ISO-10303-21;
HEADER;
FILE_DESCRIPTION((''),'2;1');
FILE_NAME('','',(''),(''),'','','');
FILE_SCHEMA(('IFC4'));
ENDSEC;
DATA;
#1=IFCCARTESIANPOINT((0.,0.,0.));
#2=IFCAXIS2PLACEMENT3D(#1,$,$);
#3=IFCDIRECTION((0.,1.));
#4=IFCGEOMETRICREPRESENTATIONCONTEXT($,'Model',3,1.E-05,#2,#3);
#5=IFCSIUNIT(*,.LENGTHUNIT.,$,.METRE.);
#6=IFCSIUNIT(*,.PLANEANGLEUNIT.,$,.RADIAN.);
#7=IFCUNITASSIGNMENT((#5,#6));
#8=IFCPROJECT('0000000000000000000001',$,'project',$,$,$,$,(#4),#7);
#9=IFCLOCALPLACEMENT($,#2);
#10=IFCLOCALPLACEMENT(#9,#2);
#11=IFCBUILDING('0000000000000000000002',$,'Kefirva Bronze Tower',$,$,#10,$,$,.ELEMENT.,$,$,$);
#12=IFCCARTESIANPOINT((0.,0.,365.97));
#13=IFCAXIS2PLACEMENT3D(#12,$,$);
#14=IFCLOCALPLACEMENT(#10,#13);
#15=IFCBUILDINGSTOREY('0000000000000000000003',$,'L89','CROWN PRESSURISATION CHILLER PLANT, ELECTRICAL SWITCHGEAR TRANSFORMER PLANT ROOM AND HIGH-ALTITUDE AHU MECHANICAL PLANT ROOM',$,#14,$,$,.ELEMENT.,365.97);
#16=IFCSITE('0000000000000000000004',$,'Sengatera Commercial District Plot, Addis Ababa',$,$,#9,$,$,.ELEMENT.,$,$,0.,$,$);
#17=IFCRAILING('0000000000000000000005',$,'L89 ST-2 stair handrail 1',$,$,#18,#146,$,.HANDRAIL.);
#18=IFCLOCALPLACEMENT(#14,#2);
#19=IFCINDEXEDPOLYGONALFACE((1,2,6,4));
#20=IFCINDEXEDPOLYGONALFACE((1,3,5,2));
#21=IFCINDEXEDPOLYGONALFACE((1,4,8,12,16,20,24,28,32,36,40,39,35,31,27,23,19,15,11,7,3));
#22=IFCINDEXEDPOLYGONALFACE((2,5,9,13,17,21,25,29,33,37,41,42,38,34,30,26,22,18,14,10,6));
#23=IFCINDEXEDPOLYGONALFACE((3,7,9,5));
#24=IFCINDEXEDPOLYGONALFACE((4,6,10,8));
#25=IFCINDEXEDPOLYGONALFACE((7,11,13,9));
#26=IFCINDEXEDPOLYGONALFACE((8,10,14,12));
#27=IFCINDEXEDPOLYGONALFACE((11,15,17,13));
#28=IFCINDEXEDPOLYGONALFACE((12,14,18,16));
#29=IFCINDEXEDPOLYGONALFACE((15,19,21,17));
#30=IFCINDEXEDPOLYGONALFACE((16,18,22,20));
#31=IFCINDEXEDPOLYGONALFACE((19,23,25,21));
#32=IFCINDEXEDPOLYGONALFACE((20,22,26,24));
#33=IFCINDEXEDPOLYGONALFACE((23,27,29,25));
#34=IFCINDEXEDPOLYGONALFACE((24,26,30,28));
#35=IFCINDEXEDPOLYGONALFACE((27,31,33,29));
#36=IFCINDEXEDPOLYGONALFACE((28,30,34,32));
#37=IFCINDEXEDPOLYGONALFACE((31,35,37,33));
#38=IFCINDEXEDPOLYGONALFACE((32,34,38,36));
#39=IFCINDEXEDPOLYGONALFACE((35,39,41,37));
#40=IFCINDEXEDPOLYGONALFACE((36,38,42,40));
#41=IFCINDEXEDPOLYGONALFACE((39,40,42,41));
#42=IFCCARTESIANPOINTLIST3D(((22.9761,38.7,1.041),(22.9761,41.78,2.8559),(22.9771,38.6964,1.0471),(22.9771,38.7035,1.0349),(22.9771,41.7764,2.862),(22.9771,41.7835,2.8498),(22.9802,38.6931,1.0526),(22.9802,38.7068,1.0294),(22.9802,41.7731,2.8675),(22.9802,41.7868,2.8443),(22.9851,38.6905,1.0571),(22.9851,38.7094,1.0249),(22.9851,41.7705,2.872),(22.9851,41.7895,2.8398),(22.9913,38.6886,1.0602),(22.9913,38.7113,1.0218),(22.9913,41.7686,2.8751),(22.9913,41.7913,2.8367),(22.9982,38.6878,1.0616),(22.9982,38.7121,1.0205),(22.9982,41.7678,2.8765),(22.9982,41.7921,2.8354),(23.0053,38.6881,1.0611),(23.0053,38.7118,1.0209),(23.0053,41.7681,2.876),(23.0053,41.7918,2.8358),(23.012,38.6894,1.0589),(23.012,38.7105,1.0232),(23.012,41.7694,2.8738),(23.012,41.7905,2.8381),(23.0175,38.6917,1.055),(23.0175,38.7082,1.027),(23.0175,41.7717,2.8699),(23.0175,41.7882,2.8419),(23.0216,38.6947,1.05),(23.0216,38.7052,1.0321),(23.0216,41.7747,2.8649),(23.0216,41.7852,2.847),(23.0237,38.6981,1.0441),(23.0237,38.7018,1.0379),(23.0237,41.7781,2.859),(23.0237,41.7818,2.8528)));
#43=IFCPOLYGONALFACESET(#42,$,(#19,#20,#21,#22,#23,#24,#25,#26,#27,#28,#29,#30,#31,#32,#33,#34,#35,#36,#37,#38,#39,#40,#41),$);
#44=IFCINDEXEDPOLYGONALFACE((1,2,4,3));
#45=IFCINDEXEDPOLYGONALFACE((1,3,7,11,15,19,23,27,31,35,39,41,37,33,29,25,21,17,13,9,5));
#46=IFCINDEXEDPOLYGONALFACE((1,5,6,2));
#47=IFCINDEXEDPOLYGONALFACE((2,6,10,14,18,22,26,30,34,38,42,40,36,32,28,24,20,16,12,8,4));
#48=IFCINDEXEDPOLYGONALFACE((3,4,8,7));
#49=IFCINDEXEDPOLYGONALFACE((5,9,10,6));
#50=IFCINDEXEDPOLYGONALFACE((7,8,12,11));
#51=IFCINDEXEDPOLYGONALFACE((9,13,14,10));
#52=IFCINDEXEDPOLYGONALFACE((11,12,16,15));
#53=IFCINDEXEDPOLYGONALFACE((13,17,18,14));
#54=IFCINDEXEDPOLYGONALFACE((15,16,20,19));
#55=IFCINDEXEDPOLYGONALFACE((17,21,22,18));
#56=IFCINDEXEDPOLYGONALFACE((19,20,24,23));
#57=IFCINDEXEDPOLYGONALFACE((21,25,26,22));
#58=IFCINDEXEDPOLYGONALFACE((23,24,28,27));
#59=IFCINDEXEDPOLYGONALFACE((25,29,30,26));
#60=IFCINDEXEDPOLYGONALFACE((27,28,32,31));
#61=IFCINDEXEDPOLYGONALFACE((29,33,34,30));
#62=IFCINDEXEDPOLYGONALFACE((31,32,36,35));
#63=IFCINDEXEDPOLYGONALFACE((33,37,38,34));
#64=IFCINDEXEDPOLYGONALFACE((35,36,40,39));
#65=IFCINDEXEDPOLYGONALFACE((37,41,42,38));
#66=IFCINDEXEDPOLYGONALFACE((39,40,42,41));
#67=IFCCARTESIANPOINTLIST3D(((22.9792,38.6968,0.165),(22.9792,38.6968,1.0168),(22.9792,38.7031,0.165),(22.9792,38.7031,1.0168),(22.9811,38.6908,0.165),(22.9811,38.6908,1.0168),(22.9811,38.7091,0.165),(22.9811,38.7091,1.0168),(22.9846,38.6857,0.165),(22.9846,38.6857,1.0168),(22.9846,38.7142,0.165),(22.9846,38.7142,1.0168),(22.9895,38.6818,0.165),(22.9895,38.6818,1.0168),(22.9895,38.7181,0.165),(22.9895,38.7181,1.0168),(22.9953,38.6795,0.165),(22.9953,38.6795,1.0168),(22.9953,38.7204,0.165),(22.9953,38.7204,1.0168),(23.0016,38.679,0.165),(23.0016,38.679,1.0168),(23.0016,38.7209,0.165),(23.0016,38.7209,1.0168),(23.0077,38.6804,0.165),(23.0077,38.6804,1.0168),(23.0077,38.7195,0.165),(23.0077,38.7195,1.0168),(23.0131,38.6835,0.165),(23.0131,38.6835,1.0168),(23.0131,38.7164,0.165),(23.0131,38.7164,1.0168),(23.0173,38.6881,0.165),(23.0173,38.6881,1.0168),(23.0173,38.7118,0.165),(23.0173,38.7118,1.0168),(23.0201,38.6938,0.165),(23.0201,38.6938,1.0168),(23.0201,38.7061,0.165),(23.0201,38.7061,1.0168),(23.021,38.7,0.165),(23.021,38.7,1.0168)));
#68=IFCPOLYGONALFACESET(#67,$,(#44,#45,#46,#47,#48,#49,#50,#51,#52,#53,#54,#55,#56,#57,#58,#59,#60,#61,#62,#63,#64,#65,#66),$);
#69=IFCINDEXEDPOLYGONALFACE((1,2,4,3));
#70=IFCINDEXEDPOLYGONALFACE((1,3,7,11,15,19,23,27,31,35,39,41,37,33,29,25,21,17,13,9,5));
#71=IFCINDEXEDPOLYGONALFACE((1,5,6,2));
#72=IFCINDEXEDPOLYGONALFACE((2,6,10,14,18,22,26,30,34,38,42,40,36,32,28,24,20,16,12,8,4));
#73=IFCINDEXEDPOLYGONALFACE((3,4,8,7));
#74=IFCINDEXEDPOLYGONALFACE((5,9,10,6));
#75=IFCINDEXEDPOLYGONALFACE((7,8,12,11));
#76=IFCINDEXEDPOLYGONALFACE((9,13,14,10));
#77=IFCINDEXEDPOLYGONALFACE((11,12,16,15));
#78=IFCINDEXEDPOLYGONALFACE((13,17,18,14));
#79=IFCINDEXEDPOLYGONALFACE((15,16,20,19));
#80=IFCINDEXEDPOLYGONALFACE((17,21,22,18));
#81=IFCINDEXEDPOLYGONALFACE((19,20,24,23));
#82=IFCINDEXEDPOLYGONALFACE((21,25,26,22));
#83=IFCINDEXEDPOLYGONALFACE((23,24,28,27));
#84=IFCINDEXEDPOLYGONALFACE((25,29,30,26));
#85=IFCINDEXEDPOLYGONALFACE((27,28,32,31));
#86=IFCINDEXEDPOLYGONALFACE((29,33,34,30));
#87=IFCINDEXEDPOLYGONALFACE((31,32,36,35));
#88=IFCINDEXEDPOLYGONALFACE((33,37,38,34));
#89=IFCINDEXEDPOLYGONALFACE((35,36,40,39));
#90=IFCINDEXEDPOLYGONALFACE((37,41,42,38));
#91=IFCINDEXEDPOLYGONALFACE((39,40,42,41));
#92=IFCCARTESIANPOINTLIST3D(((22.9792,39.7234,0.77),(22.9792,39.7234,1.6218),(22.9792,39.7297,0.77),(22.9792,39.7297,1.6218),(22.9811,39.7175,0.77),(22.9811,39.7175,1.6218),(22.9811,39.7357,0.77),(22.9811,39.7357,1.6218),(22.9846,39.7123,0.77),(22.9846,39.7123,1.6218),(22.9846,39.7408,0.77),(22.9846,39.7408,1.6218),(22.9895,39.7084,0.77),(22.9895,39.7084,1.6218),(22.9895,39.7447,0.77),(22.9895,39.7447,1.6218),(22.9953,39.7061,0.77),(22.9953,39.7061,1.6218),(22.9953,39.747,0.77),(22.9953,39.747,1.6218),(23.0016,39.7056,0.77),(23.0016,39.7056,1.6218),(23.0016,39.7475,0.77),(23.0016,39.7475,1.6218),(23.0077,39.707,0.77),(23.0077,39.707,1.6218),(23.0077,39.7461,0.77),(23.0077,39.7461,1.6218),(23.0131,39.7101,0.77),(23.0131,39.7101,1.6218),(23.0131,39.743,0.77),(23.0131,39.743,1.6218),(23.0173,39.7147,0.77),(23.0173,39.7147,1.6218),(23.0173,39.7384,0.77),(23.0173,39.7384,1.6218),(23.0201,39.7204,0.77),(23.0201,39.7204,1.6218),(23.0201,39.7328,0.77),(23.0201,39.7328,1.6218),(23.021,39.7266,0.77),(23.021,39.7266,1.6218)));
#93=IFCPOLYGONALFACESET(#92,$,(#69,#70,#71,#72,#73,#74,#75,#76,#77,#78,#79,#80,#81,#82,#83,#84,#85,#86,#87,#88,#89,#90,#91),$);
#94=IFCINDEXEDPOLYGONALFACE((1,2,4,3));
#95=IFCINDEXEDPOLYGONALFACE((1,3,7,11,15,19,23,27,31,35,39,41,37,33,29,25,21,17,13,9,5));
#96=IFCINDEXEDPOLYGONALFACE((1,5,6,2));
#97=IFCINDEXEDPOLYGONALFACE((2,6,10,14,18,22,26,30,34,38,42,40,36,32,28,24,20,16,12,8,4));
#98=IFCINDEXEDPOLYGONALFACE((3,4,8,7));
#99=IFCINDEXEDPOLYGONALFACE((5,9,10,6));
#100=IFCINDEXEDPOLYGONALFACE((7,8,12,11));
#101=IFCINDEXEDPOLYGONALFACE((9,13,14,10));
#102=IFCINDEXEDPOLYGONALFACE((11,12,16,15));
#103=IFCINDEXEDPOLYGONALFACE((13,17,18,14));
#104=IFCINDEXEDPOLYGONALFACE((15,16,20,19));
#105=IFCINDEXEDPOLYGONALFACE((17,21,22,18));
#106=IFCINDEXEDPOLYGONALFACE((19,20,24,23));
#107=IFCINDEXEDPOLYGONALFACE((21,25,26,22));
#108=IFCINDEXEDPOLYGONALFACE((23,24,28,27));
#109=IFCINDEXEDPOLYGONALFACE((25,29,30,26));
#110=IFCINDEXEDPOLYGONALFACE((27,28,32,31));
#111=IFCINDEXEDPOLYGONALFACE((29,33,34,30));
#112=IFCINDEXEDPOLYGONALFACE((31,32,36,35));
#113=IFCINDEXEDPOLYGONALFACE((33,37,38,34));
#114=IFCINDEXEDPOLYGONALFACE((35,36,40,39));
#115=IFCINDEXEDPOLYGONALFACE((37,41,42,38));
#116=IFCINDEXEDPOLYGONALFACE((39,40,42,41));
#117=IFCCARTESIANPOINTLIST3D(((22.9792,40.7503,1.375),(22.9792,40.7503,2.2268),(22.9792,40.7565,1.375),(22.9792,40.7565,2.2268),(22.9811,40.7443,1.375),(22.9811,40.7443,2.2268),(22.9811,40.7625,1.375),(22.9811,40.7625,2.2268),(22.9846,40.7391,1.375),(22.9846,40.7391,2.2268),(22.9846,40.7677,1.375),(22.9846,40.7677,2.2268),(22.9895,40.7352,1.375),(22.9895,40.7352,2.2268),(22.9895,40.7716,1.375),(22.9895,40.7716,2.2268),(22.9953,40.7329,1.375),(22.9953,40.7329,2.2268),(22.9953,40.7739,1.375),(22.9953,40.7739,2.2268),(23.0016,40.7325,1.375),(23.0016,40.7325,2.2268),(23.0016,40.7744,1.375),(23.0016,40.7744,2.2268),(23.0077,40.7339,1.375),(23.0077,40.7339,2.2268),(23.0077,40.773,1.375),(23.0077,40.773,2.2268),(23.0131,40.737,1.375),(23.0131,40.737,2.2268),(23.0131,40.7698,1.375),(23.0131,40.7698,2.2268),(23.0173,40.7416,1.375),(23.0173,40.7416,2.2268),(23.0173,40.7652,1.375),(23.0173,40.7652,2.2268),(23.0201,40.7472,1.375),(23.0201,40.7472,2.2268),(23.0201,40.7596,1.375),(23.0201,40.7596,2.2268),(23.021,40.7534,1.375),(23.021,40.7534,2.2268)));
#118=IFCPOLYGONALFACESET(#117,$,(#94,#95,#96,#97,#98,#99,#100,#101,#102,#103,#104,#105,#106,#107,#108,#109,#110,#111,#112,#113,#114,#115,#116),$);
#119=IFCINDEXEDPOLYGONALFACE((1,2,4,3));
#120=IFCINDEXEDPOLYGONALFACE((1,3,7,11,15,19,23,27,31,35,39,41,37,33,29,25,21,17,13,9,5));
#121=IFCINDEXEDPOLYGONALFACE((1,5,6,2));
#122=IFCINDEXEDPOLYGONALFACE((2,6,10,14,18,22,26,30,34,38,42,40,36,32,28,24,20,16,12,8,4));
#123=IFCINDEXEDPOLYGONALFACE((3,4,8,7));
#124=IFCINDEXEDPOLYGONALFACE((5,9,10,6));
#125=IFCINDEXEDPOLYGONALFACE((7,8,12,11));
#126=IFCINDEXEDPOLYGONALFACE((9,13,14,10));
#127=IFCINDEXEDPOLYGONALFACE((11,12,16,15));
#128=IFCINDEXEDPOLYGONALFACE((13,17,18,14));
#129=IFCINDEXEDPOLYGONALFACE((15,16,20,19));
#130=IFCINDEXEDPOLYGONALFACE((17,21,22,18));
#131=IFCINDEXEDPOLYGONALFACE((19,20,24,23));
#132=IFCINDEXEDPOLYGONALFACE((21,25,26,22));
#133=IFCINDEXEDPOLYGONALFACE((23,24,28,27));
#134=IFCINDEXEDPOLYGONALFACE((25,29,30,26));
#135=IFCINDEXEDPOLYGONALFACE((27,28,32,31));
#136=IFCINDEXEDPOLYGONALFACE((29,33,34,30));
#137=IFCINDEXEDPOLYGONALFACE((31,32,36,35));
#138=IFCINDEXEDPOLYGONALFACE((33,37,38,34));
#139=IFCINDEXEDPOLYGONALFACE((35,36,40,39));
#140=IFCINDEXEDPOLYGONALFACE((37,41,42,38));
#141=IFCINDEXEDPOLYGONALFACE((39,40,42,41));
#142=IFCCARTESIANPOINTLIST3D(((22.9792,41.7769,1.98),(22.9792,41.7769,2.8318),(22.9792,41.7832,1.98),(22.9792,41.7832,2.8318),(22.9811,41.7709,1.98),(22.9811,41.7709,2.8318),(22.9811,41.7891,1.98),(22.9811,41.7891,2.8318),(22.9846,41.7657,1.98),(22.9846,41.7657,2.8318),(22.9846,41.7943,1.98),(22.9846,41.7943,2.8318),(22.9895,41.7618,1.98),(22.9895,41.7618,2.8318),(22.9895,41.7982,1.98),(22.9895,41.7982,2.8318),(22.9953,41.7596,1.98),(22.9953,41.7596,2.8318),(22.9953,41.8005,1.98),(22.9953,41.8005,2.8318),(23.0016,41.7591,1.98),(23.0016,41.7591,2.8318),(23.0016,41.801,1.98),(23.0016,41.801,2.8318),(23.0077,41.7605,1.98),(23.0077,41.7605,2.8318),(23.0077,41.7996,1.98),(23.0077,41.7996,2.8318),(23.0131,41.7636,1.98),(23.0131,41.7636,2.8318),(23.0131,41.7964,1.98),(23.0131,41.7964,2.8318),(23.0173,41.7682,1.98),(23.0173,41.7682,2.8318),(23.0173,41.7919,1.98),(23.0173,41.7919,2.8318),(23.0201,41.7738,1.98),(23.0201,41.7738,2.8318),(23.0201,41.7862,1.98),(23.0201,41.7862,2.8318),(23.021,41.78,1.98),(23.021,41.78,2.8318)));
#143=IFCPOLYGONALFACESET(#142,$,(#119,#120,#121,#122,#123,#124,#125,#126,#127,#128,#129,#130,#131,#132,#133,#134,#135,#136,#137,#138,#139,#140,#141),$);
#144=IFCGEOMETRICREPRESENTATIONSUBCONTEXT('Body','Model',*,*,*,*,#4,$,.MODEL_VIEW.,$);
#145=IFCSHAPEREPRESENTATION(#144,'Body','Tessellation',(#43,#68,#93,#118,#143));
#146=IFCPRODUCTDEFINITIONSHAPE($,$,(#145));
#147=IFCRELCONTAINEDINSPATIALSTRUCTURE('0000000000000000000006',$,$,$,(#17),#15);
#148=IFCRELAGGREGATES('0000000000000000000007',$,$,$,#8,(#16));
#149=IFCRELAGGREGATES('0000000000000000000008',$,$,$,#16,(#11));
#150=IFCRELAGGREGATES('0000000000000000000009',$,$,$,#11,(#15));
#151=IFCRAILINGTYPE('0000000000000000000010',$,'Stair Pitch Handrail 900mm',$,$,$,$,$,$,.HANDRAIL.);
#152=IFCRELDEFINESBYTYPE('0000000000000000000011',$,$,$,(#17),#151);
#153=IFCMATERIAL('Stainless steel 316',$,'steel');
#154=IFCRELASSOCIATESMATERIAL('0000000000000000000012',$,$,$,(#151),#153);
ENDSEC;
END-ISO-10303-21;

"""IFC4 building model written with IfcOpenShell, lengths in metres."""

from ifc_helpers import new_model, si_unit, direction, frame, origin, origin_2d, place, context, subcontext, project, spatial, circle, extrude, material, type_object, element, save


model = new_model("IFC4")

# Units and contexts
model_context = context("Model", 3, precision=1e-05, world=origin(), true_north=direction((0.0, 1.0)))
body_context = subcontext(model_context, "Body", "Model", "MODEL_VIEW")
ifc_project = project(units=[si_unit("LENGTHUNIT", "METRE"), si_unit("PLANEANGLEUNIT", "RADIAN")], contexts=[model_context])

# Site, building, storey
site_placement = place(None, origin())
site = spatial("IfcSite", under=ifc_project, at=site_placement, Name="Sengatera Commercial District Plot, Addis Ababa", CompositionType="ELEMENT", RefElevation=0.0)
building_placement = place(site_placement, origin())
building = spatial("IfcBuilding", under=site, at=building_placement, Name="Kefirva Bronze Tower", CompositionType="ELEMENT")
storey_placement = place(building_placement, frame((0.0, 0.0, 365.97)))
storey = spatial("IfcBuildingStorey", under=building, at=storey_placement, Name="L89", Description="CROWN PRESSURISATION CHILLER PLANT, ELECTRICAL SWITCHGEAR TRANSFORMER PLANT ROOM AND HIGH-ALTITUDE AHU MECHANICAL PLANT ROOM", CompositionType="ELEMENT", Elevation=365.97)

# Railing
ifc_material_1 = material(Name="Stainless steel 316", Category="steel")
railing_type_1 = type_object("IfcRailingType", Name="Stair Pitch Handrail 900mm", PredefinedType="HANDRAIL", material=ifc_material_1)
railing_1_placement = place(storey_placement, frame((23.0, 38.7, 0.165)))
element("IfcRailing", 1, at=railing_1_placement, inside=storey, type_object=railing_type_1, Name="L89 ST-2 stair handrail 1", PredefinedType="HANDRAIL", context=body_context, shape_type="SweptSolid", body=[
    extrude(circle(Radius=0.0239, at=origin_2d()), frame((0.0, 0.0, 0.876), z_axis=(0.0, 0.861551, 0.507671), x_axis=(-1.0, 0.0, 0.0)), (0.0, 0.0, 1.0), 3.575),
    extrude(circle(Radius=0.021, at=origin_2d()), origin(), (0.0, 0.0, 1.0), 0.8518),
    extrude(circle(Radius=0.021, at=origin_2d()), frame((0.0, 1.0266, 0.605)), (0.0, 0.0, 1.0), 0.8518),
    extrude(circle(Radius=0.021, at=origin_2d()), frame((0.0, 2.0535, 1.21)), (0.0, 0.0, 1.0), 0.8518),
    extrude(circle(Radius=0.021, at=origin_2d()), frame((0.0, 3.0801, 1.8149)), (0.0, 0.0, 1.0), 0.8518),
])

save(model, "model.ifc")
